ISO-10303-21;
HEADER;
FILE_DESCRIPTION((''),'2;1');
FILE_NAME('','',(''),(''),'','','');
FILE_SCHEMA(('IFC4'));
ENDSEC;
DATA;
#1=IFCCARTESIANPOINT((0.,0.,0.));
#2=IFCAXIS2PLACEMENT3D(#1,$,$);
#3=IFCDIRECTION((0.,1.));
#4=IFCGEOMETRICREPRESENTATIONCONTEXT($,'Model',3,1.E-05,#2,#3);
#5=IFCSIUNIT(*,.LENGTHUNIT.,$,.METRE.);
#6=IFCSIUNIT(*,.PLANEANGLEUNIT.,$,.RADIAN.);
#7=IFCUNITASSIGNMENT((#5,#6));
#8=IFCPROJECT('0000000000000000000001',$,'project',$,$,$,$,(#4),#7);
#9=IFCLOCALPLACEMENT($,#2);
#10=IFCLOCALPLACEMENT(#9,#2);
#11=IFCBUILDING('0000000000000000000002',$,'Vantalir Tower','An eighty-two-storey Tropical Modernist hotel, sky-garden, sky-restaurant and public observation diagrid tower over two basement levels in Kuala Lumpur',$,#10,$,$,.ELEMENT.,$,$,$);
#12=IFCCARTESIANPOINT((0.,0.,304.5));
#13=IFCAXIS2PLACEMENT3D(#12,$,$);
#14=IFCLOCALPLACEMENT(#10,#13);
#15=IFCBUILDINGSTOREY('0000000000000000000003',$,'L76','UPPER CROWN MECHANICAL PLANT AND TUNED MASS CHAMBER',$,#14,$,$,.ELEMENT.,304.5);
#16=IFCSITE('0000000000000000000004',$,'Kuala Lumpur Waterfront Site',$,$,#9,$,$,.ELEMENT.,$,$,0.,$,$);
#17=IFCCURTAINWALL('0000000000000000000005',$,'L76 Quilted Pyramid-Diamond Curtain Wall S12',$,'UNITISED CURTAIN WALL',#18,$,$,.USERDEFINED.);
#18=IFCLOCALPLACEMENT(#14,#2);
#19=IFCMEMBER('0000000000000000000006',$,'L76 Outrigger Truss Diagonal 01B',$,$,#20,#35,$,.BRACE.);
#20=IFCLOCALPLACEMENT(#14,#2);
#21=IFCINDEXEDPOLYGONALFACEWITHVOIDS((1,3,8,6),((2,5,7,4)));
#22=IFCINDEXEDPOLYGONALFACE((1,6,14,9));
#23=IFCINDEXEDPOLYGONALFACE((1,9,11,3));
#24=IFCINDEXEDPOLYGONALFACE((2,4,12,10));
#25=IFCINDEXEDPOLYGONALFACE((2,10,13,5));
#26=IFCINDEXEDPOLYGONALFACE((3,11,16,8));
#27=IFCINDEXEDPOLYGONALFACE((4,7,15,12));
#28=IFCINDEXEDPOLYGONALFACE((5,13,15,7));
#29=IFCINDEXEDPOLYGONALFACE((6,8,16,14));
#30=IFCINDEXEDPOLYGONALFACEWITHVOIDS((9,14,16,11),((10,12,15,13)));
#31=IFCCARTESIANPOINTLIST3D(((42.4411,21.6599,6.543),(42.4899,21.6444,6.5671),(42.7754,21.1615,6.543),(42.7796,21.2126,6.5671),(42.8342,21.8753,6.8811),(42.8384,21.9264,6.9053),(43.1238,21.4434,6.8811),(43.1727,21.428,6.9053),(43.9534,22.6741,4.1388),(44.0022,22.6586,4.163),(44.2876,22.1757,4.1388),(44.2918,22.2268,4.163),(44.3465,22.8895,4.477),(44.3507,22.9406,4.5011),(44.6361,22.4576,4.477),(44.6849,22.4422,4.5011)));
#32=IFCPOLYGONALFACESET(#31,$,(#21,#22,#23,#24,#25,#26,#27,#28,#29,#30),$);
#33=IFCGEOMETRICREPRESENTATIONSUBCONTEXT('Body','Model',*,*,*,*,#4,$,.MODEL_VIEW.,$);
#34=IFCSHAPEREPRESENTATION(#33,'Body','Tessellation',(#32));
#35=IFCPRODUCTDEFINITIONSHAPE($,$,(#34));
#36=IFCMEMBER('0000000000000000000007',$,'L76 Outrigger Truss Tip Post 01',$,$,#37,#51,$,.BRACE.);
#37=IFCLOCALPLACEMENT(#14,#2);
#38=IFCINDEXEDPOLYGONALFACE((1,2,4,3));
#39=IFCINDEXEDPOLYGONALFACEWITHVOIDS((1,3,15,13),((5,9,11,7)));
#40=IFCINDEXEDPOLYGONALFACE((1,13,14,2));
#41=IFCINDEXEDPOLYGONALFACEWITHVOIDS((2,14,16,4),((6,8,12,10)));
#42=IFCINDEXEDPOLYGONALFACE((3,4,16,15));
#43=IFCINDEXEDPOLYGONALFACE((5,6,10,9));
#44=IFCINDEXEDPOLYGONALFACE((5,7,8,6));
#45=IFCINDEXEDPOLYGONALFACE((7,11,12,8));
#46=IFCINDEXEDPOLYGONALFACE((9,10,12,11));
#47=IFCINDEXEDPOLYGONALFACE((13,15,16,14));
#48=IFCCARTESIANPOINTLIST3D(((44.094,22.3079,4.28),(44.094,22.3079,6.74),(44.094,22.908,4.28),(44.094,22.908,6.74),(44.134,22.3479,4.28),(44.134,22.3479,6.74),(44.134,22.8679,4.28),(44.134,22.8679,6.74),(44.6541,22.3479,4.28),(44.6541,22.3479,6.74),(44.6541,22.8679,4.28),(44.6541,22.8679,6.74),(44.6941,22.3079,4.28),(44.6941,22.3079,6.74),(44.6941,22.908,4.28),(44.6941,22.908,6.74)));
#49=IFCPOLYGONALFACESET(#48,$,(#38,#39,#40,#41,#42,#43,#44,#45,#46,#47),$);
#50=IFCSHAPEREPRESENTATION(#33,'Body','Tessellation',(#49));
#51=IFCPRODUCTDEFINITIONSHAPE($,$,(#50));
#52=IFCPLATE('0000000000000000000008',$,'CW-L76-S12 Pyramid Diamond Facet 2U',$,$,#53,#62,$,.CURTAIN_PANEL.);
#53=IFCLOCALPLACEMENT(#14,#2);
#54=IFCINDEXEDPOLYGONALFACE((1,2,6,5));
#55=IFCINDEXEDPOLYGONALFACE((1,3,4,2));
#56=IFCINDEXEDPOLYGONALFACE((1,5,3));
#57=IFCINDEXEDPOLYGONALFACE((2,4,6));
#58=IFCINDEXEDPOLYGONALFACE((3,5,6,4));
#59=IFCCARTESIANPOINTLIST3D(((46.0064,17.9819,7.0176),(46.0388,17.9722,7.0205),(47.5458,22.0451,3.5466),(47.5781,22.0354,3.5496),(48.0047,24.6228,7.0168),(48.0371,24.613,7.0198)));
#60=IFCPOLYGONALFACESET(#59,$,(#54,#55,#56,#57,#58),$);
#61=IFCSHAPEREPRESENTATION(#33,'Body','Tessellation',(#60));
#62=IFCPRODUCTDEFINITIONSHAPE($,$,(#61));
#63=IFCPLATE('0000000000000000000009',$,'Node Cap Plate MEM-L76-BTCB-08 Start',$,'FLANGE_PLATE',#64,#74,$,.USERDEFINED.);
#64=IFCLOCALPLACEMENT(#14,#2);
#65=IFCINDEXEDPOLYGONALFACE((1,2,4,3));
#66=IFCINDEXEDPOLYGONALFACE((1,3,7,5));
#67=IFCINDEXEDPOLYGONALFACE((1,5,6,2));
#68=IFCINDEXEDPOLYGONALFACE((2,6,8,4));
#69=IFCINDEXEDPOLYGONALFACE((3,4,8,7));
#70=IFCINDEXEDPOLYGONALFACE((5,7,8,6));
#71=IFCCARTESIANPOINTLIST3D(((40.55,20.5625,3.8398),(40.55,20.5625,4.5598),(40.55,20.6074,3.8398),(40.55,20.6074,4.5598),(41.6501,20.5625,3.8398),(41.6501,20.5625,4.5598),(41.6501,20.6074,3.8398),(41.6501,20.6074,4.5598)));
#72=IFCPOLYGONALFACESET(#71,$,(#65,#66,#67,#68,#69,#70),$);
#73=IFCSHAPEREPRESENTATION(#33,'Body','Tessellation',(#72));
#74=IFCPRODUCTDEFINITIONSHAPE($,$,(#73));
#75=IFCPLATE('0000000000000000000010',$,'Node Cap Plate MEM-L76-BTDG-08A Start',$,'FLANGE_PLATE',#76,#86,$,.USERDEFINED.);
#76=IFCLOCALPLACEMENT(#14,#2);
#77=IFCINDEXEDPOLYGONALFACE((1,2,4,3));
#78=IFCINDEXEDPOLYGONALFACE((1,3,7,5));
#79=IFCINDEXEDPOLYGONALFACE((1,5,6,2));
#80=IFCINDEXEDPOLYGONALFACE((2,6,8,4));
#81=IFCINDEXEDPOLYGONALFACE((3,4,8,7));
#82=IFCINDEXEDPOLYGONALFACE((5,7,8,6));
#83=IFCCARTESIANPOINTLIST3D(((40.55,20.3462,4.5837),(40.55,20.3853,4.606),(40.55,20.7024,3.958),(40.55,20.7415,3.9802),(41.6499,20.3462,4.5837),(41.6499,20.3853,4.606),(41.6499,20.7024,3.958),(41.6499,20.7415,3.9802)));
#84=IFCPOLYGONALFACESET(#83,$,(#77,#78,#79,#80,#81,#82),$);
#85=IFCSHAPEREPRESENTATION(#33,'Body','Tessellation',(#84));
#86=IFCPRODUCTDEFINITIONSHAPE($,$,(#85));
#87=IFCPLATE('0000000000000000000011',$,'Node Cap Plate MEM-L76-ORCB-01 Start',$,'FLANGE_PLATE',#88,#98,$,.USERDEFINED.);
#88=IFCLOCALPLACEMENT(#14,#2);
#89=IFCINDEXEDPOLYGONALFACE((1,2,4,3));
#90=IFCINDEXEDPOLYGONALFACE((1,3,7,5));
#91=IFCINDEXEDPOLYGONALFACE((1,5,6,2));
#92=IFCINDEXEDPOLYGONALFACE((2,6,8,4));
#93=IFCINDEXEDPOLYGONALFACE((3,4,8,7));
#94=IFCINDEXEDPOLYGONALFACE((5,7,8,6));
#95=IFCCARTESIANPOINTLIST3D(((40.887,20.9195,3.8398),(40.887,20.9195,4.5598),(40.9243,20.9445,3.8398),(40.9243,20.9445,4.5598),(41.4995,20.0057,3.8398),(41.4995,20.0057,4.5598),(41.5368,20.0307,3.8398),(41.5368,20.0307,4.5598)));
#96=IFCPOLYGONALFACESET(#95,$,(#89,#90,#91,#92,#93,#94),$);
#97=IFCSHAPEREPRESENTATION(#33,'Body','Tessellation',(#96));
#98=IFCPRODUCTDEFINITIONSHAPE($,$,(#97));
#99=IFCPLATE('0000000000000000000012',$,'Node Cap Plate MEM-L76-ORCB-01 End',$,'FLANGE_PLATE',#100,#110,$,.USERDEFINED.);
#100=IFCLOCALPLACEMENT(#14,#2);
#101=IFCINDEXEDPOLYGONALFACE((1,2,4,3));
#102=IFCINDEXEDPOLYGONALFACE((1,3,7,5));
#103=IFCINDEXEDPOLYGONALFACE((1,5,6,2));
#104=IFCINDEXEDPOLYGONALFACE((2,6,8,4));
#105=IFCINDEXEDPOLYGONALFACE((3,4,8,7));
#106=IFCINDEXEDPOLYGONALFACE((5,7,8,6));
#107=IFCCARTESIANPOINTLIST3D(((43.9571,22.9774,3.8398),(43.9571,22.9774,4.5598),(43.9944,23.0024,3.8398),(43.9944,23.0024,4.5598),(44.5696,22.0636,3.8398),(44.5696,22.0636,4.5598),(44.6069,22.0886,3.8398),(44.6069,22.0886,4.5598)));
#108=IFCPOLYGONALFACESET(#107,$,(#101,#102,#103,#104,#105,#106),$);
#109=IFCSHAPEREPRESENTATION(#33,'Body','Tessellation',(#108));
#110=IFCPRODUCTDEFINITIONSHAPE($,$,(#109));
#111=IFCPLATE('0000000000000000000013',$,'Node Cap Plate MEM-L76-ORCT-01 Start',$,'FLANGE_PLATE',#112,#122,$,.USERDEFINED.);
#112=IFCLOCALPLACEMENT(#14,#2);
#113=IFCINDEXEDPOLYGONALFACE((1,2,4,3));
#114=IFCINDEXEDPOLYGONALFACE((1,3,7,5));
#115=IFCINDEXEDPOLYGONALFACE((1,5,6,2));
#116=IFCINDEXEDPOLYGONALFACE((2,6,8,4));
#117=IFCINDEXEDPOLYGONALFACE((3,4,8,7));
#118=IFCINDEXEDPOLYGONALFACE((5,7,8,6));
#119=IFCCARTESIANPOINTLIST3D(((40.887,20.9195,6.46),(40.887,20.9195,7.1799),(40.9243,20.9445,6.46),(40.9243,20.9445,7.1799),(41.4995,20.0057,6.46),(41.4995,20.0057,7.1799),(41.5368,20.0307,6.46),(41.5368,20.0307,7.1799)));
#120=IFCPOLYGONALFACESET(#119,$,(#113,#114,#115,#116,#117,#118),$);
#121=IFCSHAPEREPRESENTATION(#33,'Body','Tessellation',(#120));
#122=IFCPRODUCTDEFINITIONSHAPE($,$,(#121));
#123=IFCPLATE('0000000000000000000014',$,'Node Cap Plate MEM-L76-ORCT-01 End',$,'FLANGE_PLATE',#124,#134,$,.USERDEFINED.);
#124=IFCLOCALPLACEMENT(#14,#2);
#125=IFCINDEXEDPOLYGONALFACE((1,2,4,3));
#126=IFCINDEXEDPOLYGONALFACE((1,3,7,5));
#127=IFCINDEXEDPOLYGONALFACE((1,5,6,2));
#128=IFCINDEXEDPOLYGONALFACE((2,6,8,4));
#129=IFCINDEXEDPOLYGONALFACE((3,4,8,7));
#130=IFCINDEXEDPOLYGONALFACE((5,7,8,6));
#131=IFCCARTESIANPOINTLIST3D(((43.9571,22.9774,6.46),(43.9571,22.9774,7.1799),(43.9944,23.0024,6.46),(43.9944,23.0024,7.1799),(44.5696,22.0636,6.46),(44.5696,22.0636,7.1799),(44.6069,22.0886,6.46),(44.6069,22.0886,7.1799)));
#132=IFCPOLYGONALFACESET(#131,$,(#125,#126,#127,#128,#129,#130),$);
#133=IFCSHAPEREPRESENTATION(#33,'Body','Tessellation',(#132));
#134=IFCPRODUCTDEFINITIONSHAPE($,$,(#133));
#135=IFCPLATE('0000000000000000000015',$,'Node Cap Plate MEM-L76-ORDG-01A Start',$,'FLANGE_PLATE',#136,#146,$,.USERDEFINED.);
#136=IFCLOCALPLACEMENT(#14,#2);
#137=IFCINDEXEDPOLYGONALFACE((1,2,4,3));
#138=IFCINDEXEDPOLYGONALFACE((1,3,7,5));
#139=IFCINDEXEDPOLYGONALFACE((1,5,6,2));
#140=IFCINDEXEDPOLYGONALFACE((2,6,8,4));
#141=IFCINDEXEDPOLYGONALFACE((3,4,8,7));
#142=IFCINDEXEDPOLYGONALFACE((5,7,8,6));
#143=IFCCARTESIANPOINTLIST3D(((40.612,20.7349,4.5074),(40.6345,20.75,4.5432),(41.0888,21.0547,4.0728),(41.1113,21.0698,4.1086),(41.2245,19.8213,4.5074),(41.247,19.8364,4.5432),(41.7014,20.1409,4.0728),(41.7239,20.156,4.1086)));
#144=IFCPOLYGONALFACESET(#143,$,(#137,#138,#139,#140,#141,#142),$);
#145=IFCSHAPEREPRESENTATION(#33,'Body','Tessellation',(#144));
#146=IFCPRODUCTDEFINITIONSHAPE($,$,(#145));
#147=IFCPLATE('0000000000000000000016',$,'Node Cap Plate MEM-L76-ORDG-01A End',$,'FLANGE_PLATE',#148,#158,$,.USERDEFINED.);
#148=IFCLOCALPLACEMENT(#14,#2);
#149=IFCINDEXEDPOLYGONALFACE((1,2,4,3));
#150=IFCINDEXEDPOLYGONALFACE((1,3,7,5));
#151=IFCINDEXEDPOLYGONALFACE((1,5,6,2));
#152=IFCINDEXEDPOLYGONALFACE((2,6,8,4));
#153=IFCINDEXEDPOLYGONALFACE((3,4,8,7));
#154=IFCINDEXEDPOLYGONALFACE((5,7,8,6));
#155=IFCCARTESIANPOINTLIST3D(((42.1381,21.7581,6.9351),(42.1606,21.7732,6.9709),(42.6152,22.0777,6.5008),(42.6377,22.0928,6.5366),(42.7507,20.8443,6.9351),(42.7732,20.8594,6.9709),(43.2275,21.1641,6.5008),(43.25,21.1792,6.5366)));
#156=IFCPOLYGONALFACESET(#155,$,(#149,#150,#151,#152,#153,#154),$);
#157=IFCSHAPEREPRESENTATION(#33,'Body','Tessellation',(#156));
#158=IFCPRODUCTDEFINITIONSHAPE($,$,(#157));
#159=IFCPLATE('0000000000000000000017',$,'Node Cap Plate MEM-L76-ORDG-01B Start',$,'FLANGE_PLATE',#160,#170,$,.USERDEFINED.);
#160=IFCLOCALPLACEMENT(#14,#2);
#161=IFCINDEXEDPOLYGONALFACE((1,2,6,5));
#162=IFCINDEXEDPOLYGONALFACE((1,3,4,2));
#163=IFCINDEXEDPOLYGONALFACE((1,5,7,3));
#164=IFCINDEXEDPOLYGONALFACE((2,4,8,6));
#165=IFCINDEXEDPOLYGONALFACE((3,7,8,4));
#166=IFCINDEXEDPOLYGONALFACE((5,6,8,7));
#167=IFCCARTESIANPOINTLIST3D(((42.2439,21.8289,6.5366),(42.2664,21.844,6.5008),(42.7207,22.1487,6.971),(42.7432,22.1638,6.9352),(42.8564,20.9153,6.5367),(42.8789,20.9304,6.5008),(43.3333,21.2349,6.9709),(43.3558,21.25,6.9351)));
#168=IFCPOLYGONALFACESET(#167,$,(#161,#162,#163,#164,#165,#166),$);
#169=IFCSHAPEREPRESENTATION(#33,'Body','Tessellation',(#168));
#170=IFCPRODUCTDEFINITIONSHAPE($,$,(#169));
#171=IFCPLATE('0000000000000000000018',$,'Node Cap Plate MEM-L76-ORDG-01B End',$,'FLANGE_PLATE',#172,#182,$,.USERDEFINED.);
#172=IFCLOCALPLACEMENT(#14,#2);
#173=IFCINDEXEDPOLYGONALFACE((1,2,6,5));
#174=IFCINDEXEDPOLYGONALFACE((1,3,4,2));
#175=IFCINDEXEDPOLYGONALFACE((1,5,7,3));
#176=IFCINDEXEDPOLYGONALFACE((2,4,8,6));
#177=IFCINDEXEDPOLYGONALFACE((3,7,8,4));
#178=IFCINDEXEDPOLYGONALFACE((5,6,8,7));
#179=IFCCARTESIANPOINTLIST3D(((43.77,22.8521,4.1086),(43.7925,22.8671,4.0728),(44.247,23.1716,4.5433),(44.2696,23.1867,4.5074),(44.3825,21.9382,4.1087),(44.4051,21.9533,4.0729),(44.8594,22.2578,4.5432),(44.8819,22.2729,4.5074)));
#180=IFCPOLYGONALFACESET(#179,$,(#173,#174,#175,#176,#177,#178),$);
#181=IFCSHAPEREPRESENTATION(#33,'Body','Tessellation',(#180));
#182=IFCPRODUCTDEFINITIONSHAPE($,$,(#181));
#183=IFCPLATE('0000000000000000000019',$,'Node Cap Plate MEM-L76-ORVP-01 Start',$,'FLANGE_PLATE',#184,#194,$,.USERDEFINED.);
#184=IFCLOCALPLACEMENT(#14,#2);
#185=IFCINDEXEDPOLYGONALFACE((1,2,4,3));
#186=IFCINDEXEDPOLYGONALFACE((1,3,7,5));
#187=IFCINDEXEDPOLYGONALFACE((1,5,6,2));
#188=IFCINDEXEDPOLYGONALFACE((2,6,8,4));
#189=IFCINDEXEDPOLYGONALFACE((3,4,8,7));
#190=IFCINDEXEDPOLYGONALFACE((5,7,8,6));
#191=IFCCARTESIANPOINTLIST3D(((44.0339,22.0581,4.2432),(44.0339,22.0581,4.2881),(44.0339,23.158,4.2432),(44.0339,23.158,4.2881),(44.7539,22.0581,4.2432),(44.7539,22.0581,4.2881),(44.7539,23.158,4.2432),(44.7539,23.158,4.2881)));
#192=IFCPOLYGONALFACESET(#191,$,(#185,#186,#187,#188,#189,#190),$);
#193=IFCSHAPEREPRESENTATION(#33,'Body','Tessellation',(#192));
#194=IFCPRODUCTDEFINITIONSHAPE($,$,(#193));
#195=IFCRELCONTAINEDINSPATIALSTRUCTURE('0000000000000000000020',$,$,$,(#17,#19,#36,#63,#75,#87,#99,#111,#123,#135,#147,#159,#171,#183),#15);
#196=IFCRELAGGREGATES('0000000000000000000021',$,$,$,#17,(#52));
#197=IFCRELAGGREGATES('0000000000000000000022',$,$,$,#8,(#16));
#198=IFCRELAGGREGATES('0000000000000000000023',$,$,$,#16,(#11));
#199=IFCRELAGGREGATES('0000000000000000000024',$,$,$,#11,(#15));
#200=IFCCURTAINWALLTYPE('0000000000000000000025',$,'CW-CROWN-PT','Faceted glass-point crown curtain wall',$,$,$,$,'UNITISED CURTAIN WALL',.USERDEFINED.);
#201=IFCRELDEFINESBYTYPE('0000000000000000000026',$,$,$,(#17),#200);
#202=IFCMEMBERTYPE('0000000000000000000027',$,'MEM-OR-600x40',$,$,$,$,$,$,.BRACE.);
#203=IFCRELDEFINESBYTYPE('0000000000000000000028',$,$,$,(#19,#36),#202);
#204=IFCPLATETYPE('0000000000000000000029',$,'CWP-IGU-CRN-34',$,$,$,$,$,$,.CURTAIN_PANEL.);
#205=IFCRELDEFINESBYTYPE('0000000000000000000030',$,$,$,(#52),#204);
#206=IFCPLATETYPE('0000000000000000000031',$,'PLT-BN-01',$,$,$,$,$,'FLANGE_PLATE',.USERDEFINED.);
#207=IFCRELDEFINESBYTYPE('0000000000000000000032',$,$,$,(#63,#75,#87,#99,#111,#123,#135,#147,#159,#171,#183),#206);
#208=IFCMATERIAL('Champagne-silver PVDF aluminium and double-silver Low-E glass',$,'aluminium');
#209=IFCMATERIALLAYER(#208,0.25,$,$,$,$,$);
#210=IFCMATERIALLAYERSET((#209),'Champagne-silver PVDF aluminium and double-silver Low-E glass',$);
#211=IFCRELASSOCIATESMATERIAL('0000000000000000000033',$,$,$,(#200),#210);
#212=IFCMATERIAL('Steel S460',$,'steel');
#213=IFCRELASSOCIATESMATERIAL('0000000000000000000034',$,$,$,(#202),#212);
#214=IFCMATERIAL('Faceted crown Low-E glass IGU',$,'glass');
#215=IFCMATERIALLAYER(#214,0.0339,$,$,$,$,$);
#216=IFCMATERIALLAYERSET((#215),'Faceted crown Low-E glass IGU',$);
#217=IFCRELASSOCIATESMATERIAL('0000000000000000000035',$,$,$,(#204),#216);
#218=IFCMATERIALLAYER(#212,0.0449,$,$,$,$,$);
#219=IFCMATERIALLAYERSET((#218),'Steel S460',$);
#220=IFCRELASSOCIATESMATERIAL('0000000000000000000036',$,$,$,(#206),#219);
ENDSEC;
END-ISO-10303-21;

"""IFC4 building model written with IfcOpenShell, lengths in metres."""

from ifc_helpers import new_model, si_unit, direction, frame, origin, origin_2d, place, context, subcontext, project, spatial, polyline, rectangle, hollow_rectangle, outline, extrude, material, layer, layer_set, material_profile, profile_set, type_object, element, aggregate, save


model = new_model("IFC4")

# Units and contexts
model_context = context("Model", 3, precision=1e-05, world=origin(), true_north=direction((0.0, 1.0)))
body_context = subcontext(model_context, "Body", "Model", "MODEL_VIEW")
ifc_project = project(units=[si_unit("LENGTHUNIT", "METRE"), si_unit("PLANEANGLEUNIT", "RADIAN")], contexts=[model_context])

# Site, building, storey
site_placement = place(None, origin())
site = spatial("IfcSite", under=ifc_project, at=site_placement, Name="Kuala Lumpur Waterfront Site", CompositionType="ELEMENT", RefElevation=0.0)
building_placement = place(site_placement, origin())
building = spatial("IfcBuilding", under=site, at=building_placement, Name="Vantalir Tower", Description="An eighty-two-storey Tropical Modernist hotel, sky-garden, sky-restaurant and public observation diagrid tower over two basement levels in Kuala Lumpur", CompositionType="ELEMENT")
storey_placement = place(building_placement, frame((0.0, 0.0, 304.5)))
storey = spatial("IfcBuildingStorey", under=building, at=storey_placement, Name="L76", Description="UPPER CROWN MECHANICAL PLANT AND TUNED MASS CHAMBER", CompositionType="ELEMENT", Elevation=304.5)

# Shared definitions
ifc_material_1 = material(Name="Steel S460", Category="steel")

# Curtain wall
ifc_material_2 = material(Name="Champagne-silver PVDF aluminium and double-silver Low-E glass", Category="aluminium")
ifc_layer_1 = layer(ifc_material_2, 0.25)
ifc_layer_set_1 = layer_set([ifc_layer_1], Name="Champagne-silver PVDF aluminium and double-silver Low-E glass")
curtain_wall_type = type_object("IfcCurtainWallType", Name="CW-CROWN-PT", Description="Faceted glass-point crown curtain wall", ElementType="UNITISED CURTAIN WALL", PredefinedType="USERDEFINED", material=ifc_layer_set_1)
curtain_wall_placement = place(storey_placement, origin())
curtain_wall = element("IfcCurtainWall", 1, at=curtain_wall_placement, inside=storey, type_object=curtain_wall_type, Name="L76 Quilted Pyramid-Diamond Curtain Wall S12", ObjectType="UNITISED CURTAIN WALL", PredefinedType="USERDEFINED")

# Members
ifc_material_profile_1 = material_profile(ifc_material_1, hollow_rectangle(XDim=0.6001, YDim=0.6001, WallThickness=0.04, at=origin_2d()), Name="Steel S460")
ifc_profile_set_1 = profile_set([ifc_material_profile_1], Name="Steel S460")
member_type_1 = type_object("IfcMemberType", Name="MEM-OR-600x40", PredefinedType="BRACE", material=ifc_profile_set_1)
member_1_placement = place(storey_placement, frame((42.8069, 21.5439, 6.7241), z_axis=(0.501436, 0.336288, -0.797165), x_axis=(-0.556988, 0.830521, 0.0)))
element("IfcMember", 2, at=member_1_placement, inside=storey, type_object=member_type_1, Name="L76 Outrigger Truss Diagonal 01B", PredefinedType="BRACE", context=body_context, shape_type="SweptSolid", body=[
    extrude(hollow_rectangle(XDim=0.6001, YDim=0.6001, WallThickness=0.04, at=origin_2d()), origin(), (0.0, 0.0, 1.0), 3.0159),
])
member_2_placement = place(storey_placement, frame((44.394, 22.6079, 4.28), z_axis=(0.0, 0.0, 1.0), x_axis=(1.0, 0.0, 0.0)))
element("IfcMember", 3, at=member_2_placement, inside=storey, type_object=member_type_1, Name="L76 Outrigger Truss Tip Post 01", PredefinedType="BRACE", context=body_context, shape_type="SweptSolid", body=[
    extrude(hollow_rectangle(XDim=0.6001, YDim=0.6001, WallThickness=0.04, at=origin_2d()), origin(), (0.0, 0.0, 1.0), 2.46),
])

# Plate
ifc_material_3 = material(Name="Faceted crown Low-E glass IGU", Category="glass")
ifc_layer_2 = layer(ifc_material_3, 0.0339)
ifc_layer_set_2 = layer_set([ifc_layer_2], Name="Faceted crown Low-E glass IGU")
plate_type_1 = type_object("IfcPlateType", Name="CWP-IGU-CRN-34", PredefinedType="CURTAIN_PANEL", material=ifc_layer_set_2)
plate_1_placement = place(storey_placement, frame((48.0371, 24.613, 7.0198), z_axis=(0.953955, -0.287043, 0.087039), x_axis=(-0.288146, -0.957587, 0.000106)))
plate_1 = element("IfcPlate", 4, at=plate_1_placement, type_object=plate_type_1, Name="CW-L76-S12 Pyramid Diamond Facet 2U", PredefinedType="CURTAIN_PANEL", context=body_context, shape_type="SweptSolid", body=[
    extrude(outline(polyline([(0.0, 0.0), (6.935, 0.0), (2.6002, 3.4837), (0.0, 0.0)])), origin(), (0.0, 0.0, -1.0), 0.0339),
])
aggregate(curtain_wall, [plate_1])

# Plates
ifc_layer_3 = layer(ifc_material_1, 0.0449)
ifc_layer_set_3 = layer_set([ifc_layer_3], Name="Steel S460")
plate_type_2 = type_object("IfcPlateType", Name="PLT-BN-01", ElementType="FLANGE_PLATE", PredefinedType="USERDEFINED", material=ifc_layer_set_3)
plate_2_placement = place(storey_placement, frame((41.1001, 20.585, 3.8398), z_axis=(0.0, 0.0, 1.0), x_axis=(0.0, 1.0, 0.0)))
element("IfcPlate", 5, at=plate_2_placement, inside=storey, type_object=plate_type_2, Name="Node Cap Plate MEM-L76-BTCB-08 Start", ObjectType="FLANGE_PLATE", PredefinedType="USERDEFINED", context=body_context, shape_type="SweptSolid", body=[
    extrude(rectangle(XDim=0.0449, YDim=1.1001, at=origin_2d()), origin(), (0.0, 0.0, 1.0), 0.72),
])
plate_3_placement = place(storey_placement, frame((41.6499, 20.7415, 3.9802), z_axis=(0.0, 0.869056, 0.494714), x_axis=(-1.0, 0.0, 0.0)))
element("IfcPlate", 6, at=plate_3_placement, inside=storey, type_object=plate_type_2, Name="Node Cap Plate MEM-L76-BTDG-08A Start", ObjectType="FLANGE_PLATE", PredefinedType="USERDEFINED", context=body_context, shape_type="SweptSolid", body=[
    extrude(outline(polyline([(0.0, 0.0), (1.0999, 0.0), (1.0999, 0.72), (0.0, 0.72), (0.0, 0.0)])), origin(), (0.0, 0.0, -1.0), 0.0449),
])
for number, where, z_axis, x_axis, name in (
    (7, (41.2119, 20.4751, 3.8398), (0.0, 0.0, 1.0), (0.830654, 0.556789, 0.0), "Node Cap Plate MEM-L76-ORCB-01 Start"),
    (8, (44.282, 22.533, 3.8398), (0.0, 0.0, 1.0), (0.830654, 0.556789, 0.0), "Node Cap Plate MEM-L76-ORCB-01 End"),
    (9, (41.2119, 20.4751, 6.46), (0.0, 0.0, 1.0), (0.830654, 0.556789, 0.0), "Node Cap Plate MEM-L76-ORCT-01 Start"),
    (10, (44.282, 22.533, 6.46), (0.0, 0.0, 1.0), (0.830654, 0.556789, 0.0), "Node Cap Plate MEM-L76-ORCT-01 End"),
):
    element("IfcPlate", number, at=place(storey_placement, frame(where, z_axis=z_axis, x_axis=x_axis)), inside=storey, type_object=plate_type_2, Name=name, ObjectType="FLANGE_PLATE", PredefinedType="USERDEFINED", context=body_context, shape_type="SweptSolid", body=[
        extrude(rectangle(XDim=0.0449, YDim=1.1001, at=origin_2d()), origin(), (0.0, 0.0, 1.0), 0.72),
    ])
plate_4_placement = place(storey_placement, frame((41.7239, 20.156, 4.1086), z_axis=(0.501331, 0.336096, 0.797312), x_axis=(-0.556817, 0.830635, -0.00003)))
element("IfcPlate", 11, at=plate_4_placement, inside=storey, type_object=plate_type_2, Name="Node Cap Plate MEM-L76-ORDG-01A Start", ObjectType="FLANGE_PLATE", PredefinedType="USERDEFINED", context=body_context, shape_type="SweptSolid", body=[
    extrude(outline(polyline([(0.0, 0.0), (1.1001, 0.0), (1.1, 0.7201), (0.0, 0.7199), (0.0, 0.0)])), origin(), (0.0, 0.0, -1.0), 0.0449),
])
plate_5_placement = place(storey_placement, frame((43.25, 21.1792, 6.5366), z_axis=(0.501126, 0.335892, 0.797527), x_axis=(-0.556757, 0.830676, -0.000015)))
element("IfcPlate", 12, at=plate_5_placement, inside=storey, type_object=plate_type_2, Name="Node Cap Plate MEM-L76-ORDG-01A End", ObjectType="FLANGE_PLATE", PredefinedType="USERDEFINED", context=body_context, shape_type="SweptSolid", body=[
    extrude(outline(polyline([(0.0, 0.0), (1.0998, 0.0), (1.0999, 0.72), (-0.0002, 0.7199), (0.0, 0.0)])), origin(), (0.0, 0.0, -1.0), 0.0449),
])
plate_6_placement = place(storey_placement, frame((42.2439, 21.8289, 6.5366), z_axis=(-0.501152, -0.335976, 0.797476), x_axis=(0.556882, -0.830592, 0.00003)))
element("IfcPlate", 13, at=plate_6_placement, inside=storey, type_object=plate_type_2, Name="Node Cap Plate MEM-L76-ORDG-01B Start", ObjectType="FLANGE_PLATE", PredefinedType="USERDEFINED", context=body_context, shape_type="SweptSolid", body=[
    extrude(outline(polyline([(0.0, 0.0), (1.0999, 0.0), (1.1, 0.7198), (-0.0001, 0.7199), (0.0, 0.0)])), origin(), (0.0, 0.0, -1.0), 0.0449),
])
plate_7_placement = place(storey_placement, frame((43.77, 22.8521, 4.1086), z_axis=(-0.501364, -0.336006, 0.797329), x_axis=(0.55677, -0.830667, 0.000044)))
element("IfcPlate", 14, at=plate_7_placement, inside=storey, type_object=plate_type_2, Name="Node Cap Plate MEM-L76-ORDG-01B End", ObjectType="FLANGE_PLATE", PredefinedType="USERDEFINED", context=body_context, shape_type="SweptSolid", body=[
    extrude(outline(polyline([(0.0, 0.0), (1.1001, 0.0), (1.1002, 0.7199), (0.0002, 0.7201), (0.0, 0.0)])), origin(), (0.0, 0.0, -1.0), 0.0449),
])
for number, where, z_axis, x_axis, name in (
    (15, (44.0339, 23.158, 4.2881), (0.0, 0.0, 1.0), (0.0, -1.0, 0.0), "Node Cap Plate MEM-L76-ORVP-01 Start"),
):
    element("IfcPlate", number, at=place(storey_placement, frame(where, z_axis=z_axis, x_axis=x_axis)), inside=storey, type_object=plate_type_2, Name=name, ObjectType="FLANGE_PLATE", PredefinedType="USERDEFINED", context=body_context, shape_type="SweptSolid", body=[
        extrude(outline(polyline([(0.0, 0.0), (1.0999, 0.0), (1.0999, 0.72), (0.0, 0.72), (0.0, 0.0)])), origin(), (0.0, 0.0, -1.0), 0.0449),
    ])

save(model, "model.ifc")
